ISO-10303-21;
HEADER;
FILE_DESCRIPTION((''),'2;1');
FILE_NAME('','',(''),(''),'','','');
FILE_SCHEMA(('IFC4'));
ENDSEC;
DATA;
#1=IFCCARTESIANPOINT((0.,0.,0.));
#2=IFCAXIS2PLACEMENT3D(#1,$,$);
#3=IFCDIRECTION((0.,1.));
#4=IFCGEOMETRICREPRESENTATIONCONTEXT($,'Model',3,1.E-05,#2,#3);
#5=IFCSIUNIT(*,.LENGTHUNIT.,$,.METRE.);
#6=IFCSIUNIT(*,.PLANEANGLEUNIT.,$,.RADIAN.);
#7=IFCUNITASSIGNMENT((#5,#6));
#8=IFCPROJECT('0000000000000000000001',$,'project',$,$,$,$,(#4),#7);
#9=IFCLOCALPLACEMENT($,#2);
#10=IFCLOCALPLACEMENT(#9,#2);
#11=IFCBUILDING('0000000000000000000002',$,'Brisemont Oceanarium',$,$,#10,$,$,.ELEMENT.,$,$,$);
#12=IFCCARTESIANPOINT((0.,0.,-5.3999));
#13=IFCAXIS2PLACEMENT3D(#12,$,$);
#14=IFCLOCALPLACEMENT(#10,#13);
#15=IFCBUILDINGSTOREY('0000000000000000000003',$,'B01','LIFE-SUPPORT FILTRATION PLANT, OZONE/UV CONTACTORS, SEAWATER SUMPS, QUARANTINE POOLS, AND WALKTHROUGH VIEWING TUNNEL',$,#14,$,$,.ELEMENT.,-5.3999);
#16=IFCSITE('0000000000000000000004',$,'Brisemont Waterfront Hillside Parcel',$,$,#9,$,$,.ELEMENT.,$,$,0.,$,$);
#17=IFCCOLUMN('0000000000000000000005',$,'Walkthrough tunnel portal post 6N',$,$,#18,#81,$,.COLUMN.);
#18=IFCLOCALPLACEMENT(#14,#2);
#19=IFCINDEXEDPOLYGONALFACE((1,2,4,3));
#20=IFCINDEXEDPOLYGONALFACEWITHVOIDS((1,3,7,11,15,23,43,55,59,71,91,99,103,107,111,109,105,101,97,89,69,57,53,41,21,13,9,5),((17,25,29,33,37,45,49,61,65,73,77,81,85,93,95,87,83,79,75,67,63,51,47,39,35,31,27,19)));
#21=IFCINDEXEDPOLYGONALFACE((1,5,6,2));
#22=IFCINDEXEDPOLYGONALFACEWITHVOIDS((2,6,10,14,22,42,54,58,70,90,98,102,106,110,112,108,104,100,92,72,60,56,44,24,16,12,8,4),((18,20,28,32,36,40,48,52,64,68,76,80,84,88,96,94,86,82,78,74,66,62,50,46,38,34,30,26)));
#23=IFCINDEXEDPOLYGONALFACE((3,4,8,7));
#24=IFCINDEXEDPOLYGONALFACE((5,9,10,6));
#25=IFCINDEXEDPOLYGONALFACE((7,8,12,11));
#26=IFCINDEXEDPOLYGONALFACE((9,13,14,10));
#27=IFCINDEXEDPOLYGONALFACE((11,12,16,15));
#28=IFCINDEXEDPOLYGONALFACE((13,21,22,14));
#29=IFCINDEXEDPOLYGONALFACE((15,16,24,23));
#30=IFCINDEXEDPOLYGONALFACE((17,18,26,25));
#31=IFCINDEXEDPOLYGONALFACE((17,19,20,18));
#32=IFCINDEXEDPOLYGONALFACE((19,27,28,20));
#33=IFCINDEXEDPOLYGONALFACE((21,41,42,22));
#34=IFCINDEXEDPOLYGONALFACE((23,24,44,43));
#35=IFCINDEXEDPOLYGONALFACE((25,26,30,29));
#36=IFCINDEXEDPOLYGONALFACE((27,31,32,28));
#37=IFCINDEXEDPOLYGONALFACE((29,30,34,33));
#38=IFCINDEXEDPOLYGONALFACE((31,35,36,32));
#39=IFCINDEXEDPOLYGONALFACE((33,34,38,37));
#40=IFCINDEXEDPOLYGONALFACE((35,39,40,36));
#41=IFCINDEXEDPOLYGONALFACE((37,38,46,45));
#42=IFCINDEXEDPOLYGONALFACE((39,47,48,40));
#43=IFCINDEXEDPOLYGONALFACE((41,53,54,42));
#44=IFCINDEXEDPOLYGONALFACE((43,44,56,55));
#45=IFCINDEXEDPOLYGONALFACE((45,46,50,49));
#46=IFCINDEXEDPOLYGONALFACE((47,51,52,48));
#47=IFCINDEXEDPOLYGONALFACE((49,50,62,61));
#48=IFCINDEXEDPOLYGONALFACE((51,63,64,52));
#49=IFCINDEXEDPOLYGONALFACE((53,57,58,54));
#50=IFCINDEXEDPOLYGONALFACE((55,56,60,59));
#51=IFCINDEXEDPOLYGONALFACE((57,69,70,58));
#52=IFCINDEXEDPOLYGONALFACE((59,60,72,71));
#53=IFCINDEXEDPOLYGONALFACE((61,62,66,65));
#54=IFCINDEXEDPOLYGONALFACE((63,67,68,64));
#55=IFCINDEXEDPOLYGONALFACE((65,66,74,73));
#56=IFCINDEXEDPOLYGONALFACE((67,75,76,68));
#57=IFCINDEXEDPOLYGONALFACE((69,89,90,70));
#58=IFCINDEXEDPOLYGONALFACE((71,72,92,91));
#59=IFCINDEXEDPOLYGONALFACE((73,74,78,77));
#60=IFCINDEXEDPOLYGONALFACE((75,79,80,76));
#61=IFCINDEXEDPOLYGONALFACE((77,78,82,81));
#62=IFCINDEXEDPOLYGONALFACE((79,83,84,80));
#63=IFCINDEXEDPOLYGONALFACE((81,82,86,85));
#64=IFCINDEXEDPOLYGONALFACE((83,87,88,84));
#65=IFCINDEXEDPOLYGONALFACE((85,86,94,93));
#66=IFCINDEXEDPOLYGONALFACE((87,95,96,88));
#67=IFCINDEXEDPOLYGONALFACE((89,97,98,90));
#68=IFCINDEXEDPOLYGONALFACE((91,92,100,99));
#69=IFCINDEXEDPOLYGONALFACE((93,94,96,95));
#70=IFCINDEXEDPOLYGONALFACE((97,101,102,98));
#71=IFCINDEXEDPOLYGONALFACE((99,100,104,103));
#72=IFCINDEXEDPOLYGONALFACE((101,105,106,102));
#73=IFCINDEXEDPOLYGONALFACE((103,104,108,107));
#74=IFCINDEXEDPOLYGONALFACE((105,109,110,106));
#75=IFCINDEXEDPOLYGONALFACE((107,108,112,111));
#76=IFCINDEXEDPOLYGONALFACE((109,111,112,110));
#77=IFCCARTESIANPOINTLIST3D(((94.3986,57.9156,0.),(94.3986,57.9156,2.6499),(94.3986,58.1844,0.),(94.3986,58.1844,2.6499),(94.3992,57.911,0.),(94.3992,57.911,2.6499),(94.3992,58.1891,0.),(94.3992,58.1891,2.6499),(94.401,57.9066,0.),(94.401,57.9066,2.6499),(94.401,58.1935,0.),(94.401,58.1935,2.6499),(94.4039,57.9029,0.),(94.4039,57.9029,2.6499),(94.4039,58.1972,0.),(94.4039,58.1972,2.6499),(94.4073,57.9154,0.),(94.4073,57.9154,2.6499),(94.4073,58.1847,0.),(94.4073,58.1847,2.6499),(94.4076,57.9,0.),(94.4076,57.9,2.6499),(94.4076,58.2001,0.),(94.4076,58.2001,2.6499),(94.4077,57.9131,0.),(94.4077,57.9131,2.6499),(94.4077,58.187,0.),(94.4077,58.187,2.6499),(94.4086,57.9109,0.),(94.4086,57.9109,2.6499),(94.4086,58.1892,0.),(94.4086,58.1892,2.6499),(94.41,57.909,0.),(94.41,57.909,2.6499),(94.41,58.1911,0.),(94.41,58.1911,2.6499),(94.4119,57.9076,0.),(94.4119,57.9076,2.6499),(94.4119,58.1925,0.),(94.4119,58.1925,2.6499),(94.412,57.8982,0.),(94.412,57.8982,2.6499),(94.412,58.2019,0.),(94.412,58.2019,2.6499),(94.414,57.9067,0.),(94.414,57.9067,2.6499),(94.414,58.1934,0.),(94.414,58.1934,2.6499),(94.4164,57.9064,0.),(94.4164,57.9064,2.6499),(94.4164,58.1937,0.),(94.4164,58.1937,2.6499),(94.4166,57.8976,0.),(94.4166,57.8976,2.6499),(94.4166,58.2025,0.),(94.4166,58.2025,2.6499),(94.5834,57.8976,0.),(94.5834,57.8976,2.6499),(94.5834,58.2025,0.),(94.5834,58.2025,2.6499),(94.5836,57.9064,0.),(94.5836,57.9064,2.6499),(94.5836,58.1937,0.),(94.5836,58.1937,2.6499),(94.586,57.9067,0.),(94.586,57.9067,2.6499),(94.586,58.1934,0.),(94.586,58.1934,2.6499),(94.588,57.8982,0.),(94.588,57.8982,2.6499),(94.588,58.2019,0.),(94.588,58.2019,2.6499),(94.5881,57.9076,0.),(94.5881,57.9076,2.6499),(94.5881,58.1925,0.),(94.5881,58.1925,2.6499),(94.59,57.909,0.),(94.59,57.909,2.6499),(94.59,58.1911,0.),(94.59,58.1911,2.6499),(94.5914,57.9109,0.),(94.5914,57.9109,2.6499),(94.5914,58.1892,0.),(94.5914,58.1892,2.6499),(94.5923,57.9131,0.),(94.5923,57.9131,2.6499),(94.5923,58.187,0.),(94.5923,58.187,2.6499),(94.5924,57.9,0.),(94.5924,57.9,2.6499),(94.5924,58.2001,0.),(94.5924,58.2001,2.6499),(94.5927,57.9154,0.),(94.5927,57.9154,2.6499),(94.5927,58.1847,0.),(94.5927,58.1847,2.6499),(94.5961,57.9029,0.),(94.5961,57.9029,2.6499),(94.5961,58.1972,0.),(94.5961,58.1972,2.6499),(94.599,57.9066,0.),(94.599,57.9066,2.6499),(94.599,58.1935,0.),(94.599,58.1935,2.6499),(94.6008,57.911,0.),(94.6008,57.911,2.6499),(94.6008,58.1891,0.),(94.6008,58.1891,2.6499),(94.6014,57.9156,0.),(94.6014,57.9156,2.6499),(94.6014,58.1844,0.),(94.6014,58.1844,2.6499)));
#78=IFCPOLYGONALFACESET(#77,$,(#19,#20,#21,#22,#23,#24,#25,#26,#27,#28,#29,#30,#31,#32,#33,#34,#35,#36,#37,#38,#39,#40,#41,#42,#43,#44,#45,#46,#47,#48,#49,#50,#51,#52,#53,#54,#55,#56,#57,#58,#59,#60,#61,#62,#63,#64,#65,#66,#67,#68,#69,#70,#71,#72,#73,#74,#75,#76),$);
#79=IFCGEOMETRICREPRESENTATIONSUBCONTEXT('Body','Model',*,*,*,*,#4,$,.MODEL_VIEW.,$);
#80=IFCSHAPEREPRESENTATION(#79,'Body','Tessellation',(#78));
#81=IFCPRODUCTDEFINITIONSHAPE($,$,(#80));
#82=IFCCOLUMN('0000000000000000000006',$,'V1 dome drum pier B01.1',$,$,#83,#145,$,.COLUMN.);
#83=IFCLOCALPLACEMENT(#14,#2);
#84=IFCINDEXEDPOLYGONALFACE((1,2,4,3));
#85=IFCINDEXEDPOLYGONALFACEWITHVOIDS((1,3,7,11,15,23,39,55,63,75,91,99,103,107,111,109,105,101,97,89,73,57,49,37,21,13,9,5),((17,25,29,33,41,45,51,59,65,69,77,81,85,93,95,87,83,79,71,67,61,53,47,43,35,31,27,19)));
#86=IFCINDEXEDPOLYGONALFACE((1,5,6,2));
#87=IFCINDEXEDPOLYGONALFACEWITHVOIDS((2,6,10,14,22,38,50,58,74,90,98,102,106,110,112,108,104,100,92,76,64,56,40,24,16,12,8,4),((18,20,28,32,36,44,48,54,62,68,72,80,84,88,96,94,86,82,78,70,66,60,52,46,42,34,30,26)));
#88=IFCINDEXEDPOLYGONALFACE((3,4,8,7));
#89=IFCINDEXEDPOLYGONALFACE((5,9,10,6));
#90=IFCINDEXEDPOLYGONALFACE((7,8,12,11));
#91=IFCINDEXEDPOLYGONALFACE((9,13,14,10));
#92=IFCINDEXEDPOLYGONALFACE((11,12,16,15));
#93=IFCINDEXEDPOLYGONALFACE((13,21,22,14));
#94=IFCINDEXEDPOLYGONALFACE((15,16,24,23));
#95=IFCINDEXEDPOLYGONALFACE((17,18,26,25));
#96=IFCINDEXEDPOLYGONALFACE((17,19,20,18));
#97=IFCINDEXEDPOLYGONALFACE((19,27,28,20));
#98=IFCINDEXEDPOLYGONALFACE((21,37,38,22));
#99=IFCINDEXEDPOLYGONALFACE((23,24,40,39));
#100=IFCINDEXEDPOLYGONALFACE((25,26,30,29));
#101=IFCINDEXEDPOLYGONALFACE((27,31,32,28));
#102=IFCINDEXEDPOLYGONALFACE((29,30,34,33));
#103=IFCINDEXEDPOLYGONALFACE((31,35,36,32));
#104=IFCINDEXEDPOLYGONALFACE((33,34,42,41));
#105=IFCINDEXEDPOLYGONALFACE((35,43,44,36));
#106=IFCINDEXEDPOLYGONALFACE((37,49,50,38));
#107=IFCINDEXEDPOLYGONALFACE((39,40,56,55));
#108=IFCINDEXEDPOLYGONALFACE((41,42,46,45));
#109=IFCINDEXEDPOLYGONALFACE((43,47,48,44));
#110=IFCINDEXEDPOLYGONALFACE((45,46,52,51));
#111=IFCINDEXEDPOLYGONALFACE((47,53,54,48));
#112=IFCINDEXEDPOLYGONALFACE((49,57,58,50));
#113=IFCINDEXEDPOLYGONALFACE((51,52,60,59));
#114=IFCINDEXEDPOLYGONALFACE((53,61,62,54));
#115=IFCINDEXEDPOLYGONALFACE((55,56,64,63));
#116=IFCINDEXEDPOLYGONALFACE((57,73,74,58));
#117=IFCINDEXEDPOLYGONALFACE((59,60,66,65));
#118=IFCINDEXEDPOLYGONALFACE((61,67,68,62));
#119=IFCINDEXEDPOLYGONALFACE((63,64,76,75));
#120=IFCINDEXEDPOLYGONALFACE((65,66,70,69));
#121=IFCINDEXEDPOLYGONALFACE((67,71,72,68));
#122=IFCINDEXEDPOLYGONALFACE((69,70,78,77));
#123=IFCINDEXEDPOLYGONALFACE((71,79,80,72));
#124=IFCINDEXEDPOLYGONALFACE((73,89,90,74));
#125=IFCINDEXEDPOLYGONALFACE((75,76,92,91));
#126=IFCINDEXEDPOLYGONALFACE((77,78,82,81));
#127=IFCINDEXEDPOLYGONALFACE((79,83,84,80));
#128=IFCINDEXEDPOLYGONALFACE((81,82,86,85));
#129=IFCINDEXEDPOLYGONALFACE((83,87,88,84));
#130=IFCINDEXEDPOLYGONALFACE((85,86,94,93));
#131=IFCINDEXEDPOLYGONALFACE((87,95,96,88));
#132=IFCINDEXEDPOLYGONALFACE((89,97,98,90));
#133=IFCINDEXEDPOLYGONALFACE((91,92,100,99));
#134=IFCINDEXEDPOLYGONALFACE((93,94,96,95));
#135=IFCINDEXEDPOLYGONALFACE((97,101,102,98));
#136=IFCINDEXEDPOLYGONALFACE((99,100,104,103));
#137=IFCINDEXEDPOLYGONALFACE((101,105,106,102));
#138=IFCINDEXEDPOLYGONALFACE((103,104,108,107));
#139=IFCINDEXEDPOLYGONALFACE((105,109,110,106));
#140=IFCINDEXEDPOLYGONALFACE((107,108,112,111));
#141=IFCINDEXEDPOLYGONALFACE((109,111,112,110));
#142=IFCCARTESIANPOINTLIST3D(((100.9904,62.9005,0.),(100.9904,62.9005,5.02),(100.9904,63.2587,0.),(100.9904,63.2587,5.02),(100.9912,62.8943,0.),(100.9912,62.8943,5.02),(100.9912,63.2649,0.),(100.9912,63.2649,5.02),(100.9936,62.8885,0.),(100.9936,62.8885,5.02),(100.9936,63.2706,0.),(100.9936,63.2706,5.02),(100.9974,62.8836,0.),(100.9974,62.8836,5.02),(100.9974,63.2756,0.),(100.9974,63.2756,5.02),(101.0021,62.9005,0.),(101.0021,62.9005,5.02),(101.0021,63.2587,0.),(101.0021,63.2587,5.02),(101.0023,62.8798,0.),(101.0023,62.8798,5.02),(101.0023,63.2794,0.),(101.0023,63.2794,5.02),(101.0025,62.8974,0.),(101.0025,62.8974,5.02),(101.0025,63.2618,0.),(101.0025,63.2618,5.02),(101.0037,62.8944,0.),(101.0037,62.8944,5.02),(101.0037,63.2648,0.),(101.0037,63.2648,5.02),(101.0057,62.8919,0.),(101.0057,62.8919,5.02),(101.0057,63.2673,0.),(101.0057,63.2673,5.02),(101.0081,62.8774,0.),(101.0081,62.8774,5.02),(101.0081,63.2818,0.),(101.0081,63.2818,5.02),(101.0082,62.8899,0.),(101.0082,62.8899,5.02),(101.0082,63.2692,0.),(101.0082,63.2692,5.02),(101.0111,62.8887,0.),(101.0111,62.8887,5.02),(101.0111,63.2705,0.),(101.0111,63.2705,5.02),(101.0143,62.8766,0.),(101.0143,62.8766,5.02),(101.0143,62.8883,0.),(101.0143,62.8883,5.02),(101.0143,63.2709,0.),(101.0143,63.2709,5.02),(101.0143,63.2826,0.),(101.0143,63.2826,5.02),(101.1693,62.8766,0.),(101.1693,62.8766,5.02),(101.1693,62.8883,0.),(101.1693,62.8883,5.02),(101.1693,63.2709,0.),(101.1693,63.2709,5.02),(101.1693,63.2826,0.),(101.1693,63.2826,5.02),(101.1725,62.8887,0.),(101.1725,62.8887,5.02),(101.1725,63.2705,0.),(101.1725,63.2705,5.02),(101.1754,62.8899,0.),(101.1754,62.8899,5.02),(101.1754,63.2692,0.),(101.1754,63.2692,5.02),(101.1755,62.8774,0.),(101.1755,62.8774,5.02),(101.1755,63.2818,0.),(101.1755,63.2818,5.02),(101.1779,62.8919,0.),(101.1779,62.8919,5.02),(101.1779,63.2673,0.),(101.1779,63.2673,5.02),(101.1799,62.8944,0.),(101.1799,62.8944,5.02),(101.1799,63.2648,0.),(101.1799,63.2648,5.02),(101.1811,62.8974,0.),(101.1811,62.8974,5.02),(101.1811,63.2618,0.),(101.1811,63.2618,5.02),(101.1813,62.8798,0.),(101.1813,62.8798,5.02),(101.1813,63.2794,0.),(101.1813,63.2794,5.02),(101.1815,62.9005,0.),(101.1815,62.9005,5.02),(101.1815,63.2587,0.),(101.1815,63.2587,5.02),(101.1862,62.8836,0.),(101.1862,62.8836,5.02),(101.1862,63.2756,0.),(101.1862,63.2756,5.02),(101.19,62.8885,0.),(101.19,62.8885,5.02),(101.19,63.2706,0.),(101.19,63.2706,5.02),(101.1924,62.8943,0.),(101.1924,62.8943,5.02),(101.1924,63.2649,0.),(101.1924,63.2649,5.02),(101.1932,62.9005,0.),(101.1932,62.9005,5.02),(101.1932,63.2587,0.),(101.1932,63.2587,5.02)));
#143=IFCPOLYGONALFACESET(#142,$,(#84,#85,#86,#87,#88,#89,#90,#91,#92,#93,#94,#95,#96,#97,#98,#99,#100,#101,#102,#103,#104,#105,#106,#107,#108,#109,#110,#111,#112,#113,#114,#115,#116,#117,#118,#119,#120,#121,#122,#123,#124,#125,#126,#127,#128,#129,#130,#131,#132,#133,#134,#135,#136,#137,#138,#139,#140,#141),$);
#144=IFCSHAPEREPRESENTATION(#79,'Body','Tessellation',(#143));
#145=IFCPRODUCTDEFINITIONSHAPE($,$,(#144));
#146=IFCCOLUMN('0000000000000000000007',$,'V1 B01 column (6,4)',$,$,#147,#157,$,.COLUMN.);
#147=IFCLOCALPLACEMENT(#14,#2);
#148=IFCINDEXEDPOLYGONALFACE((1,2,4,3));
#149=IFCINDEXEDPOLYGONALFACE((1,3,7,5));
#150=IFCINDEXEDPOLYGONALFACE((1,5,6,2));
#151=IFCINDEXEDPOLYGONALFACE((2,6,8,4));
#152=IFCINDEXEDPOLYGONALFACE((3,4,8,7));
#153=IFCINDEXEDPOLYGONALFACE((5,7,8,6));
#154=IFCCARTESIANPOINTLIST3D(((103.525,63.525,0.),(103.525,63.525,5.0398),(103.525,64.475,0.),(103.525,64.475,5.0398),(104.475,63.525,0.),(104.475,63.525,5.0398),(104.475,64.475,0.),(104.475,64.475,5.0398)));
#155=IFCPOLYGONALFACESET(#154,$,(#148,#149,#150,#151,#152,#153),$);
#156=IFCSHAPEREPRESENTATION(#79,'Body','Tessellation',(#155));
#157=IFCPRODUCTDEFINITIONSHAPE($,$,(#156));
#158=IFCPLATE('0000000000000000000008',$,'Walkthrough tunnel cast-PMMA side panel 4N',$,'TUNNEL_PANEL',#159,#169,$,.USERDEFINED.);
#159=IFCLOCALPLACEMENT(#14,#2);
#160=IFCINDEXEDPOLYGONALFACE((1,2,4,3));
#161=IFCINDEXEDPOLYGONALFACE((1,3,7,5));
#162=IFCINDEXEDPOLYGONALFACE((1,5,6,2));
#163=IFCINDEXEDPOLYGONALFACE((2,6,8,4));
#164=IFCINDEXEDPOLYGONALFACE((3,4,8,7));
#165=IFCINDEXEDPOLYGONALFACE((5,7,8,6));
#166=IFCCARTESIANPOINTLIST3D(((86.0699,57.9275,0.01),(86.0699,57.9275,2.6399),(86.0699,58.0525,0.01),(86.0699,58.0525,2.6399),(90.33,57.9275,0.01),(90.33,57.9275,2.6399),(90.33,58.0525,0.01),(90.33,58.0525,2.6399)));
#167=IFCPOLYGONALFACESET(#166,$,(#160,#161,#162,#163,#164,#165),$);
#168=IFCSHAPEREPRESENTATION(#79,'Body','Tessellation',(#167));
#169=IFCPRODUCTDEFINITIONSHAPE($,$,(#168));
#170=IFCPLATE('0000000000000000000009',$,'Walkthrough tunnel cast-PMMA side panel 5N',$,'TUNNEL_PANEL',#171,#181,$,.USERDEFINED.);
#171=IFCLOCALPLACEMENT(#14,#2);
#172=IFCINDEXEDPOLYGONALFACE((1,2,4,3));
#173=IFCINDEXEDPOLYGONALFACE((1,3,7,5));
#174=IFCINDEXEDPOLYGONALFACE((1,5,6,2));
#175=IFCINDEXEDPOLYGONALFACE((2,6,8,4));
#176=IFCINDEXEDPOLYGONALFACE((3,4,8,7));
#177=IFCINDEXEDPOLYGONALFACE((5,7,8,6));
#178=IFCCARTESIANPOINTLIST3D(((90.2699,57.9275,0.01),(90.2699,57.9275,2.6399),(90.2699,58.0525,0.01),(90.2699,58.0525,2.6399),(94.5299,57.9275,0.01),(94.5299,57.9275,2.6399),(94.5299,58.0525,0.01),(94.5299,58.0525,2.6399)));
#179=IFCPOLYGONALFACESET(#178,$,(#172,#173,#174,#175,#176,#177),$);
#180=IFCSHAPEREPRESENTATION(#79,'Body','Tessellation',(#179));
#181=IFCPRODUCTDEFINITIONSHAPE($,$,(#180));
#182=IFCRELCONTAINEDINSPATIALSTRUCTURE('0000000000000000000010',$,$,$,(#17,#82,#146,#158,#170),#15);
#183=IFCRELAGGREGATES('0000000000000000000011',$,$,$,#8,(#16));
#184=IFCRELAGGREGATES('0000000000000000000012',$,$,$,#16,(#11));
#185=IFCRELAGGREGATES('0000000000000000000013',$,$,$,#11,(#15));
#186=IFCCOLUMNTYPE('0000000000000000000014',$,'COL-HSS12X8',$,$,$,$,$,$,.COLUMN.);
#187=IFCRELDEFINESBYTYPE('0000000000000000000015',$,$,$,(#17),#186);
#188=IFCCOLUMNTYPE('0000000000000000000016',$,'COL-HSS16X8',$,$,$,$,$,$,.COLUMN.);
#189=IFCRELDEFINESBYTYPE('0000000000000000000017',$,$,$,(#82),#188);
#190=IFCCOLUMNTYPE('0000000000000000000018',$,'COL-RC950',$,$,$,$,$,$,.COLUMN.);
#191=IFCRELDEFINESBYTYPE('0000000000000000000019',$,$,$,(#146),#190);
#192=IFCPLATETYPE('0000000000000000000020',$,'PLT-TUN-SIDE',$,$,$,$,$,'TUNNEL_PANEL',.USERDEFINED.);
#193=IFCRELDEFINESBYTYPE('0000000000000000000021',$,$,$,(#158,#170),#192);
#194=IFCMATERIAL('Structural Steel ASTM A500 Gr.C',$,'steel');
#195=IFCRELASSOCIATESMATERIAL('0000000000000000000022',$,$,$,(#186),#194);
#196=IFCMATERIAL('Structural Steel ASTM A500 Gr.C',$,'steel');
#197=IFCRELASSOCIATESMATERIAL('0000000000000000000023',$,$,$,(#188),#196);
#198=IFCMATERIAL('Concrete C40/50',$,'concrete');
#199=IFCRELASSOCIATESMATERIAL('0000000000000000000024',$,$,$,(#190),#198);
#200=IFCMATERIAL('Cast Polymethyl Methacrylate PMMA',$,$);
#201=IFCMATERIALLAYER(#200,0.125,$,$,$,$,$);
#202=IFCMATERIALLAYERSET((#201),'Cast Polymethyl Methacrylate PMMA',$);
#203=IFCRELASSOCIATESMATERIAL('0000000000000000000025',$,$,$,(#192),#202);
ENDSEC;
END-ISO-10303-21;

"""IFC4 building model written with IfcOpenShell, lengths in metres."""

from ifc_helpers import new_model, si_unit, direction, frame, origin, origin_2d, place, context, subcontext, project, spatial, rectangle, hollow_rectangle, extrude, material, layer, layer_set, material_profile, profile_set, type_object, element, save


model = new_model("IFC4")

# Units and contexts
model_context = context("Model", 3, precision=1e-05, world=origin(), true_north=direction((0.0, 1.0)))
body_context = subcontext(model_context, "Body", "Model", "MODEL_VIEW")
ifc_project = project(units=[si_unit("LENGTHUNIT", "METRE"), si_unit("PLANEANGLEUNIT", "RADIAN")], contexts=[model_context])

# Site, building, storey
site_placement = place(None, origin())
site = spatial("IfcSite", under=ifc_project, at=site_placement, Name="Brisemont Waterfront Hillside Parcel", CompositionType="ELEMENT", RefElevation=0.0)
building_placement = place(site_placement, origin())
building = spatial("IfcBuilding", under=site, at=building_placement, Name="Brisemont Oceanarium", CompositionType="ELEMENT")
storey_placement = place(building_placement, frame((0.0, 0.0, -5.3999)))
storey = spatial("IfcBuildingStorey", under=building, at=storey_placement, Name="B01", Description="LIFE-SUPPORT FILTRATION PLANT, OZONE/UV CONTACTORS, SEAWATER SUMPS, QUARANTINE POOLS, AND WALKTHROUGH VIEWING TUNNEL", CompositionType="ELEMENT", Elevation=-5.3999)

# Columns
ifc_material_1 = material(Name="Structural Steel ASTM A500 Gr.C", Category="steel")
ifc_material_profile_1 = material_profile(ifc_material_1, hollow_rectangle(XDim=0.2029, YDim=0.3049, WallThickness=0.0088, InnerFilletRadius=0.009, OuterFilletRadius=0.0181, at=origin_2d()), Name="HSS12X8X3/8")
ifc_profile_set_1 = profile_set([ifc_material_profile_1], Name="Structural Steel ASTM A500 Gr.C")
column_type_1 = type_object("IfcColumnType", Name="COL-HSS12X8", PredefinedType="COLUMN", material=ifc_profile_set_1)
for number, where, z_axis, x_axis, name in (
    (1, (94.5, 58.05, 0.0), (0.0, 0.0, 1.0), (1.0, 0.0, 0.0), "Walkthrough tunnel portal post 6N"),
):
    element("IfcColumn", number, at=place(storey_placement, frame(where, z_axis=z_axis, x_axis=x_axis)), inside=storey, type_object=column_type_1, Name=name, PredefinedType="COLUMN", context=body_context, shape_type="SweptSolid", body=[
        extrude(hollow_rectangle(XDim=0.2029, YDim=0.3049, WallThickness=0.0088, InnerFilletRadius=0.009, OuterFilletRadius=0.0181, at=origin_2d()), origin(), (0.0, 0.0, 1.0), 2.6499),
    ])
ifc_material_2 = material(Name="Structural Steel ASTM A500 Gr.C", Category="steel")
ifc_material_profile_2 = material_profile(ifc_material_2, hollow_rectangle(XDim=0.2029, YDim=0.406, WallThickness=0.0117, InnerFilletRadius=0.0122, OuterFilletRadius=0.0239, at=origin_2d()), Name="HSS16X8X1/2")
ifc_profile_set_2 = profile_set([ifc_material_profile_2], Name="Structural Steel ASTM A500 Gr.C")
column_type_2 = type_object("IfcColumnType", Name="COL-HSS16X8", PredefinedType="COLUMN", material=ifc_profile_set_2)
column_1_placement = place(storey_placement, frame((101.0918, 63.0796, 0.0), z_axis=(0.0, 0.0, 1.0), x_axis=(1.0, 0.0, 0.0)))
element("IfcColumn", 2, at=column_1_placement, inside=storey, type_object=column_type_2, Name="V1 dome drum pier B01.1", PredefinedType="COLUMN", context=body_context, shape_type="SweptSolid", body=[
    extrude(hollow_rectangle(XDim=0.2029, YDim=0.406, WallThickness=0.0117, InnerFilletRadius=0.0122, OuterFilletRadius=0.0239, at=origin_2d()), origin(), (0.0, 0.0, 1.0), 5.02),
])
ifc_material_3 = material(Name="Concrete C40/50", Category="concrete")
ifc_material_profile_3 = material_profile(ifc_material_3, rectangle(XDim=0.95, YDim=0.95, at=origin_2d()), Name="RC-COL-950X950")
ifc_profile_set_3 = profile_set([ifc_material_profile_3], Name="Concrete C40/50")
column_type_3 = type_object("IfcColumnType", Name="COL-RC950", PredefinedType="COLUMN", material=ifc_profile_set_3)
column_2_placement = place(storey_placement, frame((104.0, 64.0, 0.0), z_axis=(0.0, 0.0, 1.0), x_axis=(1.0, 0.0, 0.0)))
element("IfcColumn", 3, at=column_2_placement, inside=storey, type_object=column_type_3, Name="V1 B01 column (6,4)", PredefinedType="COLUMN", context=body_context, shape_type="SweptSolid", body=[
    extrude(rectangle(XDim=0.95, YDim=0.95, at=origin_2d()), origin(), (0.0, 0.0, 1.0), 5.0398),
])

# Plates
ifc_material_4 = material(Name="Cast Polymethyl Methacrylate PMMA")
ifc_layer_1 = layer(ifc_material_4, 0.125)
ifc_layer_set_1 = layer_set([ifc_layer_1], Name="Cast Polymethyl Methacrylate PMMA")
plate_type = type_object("IfcPlateType", Name="PLT-TUN-SIDE", ElementType="TUNNEL_PANEL", PredefinedType="USERDEFINED", material=ifc_layer_set_1)
for number, where, z_axis, x_axis, name in (
    (4, (88.2, 57.99, 0.01), (0.0, 0.0, 1.0), (1.0, 0.0, 0.0), "Walkthrough tunnel cast-PMMA side panel 4N"),
    (5, (92.3999, 57.99, 0.01), (0.0, 0.0, 1.0), (1.0, 0.0, 0.0), "Walkthrough tunnel cast-PMMA side panel 5N"),
):
    element("IfcPlate", number, at=place(storey_placement, frame(where, z_axis=z_axis, x_axis=x_axis)), inside=storey, type_object=plate_type, Name=name, ObjectType="TUNNEL_PANEL", PredefinedType="USERDEFINED", context=body_context, shape_type="SweptSolid", body=[
        extrude(rectangle(XDim=4.26, YDim=0.125, at=origin_2d()), origin(), (0.0, 0.0, 1.0), 2.6299),
    ])

save(model, "model.ifc")
